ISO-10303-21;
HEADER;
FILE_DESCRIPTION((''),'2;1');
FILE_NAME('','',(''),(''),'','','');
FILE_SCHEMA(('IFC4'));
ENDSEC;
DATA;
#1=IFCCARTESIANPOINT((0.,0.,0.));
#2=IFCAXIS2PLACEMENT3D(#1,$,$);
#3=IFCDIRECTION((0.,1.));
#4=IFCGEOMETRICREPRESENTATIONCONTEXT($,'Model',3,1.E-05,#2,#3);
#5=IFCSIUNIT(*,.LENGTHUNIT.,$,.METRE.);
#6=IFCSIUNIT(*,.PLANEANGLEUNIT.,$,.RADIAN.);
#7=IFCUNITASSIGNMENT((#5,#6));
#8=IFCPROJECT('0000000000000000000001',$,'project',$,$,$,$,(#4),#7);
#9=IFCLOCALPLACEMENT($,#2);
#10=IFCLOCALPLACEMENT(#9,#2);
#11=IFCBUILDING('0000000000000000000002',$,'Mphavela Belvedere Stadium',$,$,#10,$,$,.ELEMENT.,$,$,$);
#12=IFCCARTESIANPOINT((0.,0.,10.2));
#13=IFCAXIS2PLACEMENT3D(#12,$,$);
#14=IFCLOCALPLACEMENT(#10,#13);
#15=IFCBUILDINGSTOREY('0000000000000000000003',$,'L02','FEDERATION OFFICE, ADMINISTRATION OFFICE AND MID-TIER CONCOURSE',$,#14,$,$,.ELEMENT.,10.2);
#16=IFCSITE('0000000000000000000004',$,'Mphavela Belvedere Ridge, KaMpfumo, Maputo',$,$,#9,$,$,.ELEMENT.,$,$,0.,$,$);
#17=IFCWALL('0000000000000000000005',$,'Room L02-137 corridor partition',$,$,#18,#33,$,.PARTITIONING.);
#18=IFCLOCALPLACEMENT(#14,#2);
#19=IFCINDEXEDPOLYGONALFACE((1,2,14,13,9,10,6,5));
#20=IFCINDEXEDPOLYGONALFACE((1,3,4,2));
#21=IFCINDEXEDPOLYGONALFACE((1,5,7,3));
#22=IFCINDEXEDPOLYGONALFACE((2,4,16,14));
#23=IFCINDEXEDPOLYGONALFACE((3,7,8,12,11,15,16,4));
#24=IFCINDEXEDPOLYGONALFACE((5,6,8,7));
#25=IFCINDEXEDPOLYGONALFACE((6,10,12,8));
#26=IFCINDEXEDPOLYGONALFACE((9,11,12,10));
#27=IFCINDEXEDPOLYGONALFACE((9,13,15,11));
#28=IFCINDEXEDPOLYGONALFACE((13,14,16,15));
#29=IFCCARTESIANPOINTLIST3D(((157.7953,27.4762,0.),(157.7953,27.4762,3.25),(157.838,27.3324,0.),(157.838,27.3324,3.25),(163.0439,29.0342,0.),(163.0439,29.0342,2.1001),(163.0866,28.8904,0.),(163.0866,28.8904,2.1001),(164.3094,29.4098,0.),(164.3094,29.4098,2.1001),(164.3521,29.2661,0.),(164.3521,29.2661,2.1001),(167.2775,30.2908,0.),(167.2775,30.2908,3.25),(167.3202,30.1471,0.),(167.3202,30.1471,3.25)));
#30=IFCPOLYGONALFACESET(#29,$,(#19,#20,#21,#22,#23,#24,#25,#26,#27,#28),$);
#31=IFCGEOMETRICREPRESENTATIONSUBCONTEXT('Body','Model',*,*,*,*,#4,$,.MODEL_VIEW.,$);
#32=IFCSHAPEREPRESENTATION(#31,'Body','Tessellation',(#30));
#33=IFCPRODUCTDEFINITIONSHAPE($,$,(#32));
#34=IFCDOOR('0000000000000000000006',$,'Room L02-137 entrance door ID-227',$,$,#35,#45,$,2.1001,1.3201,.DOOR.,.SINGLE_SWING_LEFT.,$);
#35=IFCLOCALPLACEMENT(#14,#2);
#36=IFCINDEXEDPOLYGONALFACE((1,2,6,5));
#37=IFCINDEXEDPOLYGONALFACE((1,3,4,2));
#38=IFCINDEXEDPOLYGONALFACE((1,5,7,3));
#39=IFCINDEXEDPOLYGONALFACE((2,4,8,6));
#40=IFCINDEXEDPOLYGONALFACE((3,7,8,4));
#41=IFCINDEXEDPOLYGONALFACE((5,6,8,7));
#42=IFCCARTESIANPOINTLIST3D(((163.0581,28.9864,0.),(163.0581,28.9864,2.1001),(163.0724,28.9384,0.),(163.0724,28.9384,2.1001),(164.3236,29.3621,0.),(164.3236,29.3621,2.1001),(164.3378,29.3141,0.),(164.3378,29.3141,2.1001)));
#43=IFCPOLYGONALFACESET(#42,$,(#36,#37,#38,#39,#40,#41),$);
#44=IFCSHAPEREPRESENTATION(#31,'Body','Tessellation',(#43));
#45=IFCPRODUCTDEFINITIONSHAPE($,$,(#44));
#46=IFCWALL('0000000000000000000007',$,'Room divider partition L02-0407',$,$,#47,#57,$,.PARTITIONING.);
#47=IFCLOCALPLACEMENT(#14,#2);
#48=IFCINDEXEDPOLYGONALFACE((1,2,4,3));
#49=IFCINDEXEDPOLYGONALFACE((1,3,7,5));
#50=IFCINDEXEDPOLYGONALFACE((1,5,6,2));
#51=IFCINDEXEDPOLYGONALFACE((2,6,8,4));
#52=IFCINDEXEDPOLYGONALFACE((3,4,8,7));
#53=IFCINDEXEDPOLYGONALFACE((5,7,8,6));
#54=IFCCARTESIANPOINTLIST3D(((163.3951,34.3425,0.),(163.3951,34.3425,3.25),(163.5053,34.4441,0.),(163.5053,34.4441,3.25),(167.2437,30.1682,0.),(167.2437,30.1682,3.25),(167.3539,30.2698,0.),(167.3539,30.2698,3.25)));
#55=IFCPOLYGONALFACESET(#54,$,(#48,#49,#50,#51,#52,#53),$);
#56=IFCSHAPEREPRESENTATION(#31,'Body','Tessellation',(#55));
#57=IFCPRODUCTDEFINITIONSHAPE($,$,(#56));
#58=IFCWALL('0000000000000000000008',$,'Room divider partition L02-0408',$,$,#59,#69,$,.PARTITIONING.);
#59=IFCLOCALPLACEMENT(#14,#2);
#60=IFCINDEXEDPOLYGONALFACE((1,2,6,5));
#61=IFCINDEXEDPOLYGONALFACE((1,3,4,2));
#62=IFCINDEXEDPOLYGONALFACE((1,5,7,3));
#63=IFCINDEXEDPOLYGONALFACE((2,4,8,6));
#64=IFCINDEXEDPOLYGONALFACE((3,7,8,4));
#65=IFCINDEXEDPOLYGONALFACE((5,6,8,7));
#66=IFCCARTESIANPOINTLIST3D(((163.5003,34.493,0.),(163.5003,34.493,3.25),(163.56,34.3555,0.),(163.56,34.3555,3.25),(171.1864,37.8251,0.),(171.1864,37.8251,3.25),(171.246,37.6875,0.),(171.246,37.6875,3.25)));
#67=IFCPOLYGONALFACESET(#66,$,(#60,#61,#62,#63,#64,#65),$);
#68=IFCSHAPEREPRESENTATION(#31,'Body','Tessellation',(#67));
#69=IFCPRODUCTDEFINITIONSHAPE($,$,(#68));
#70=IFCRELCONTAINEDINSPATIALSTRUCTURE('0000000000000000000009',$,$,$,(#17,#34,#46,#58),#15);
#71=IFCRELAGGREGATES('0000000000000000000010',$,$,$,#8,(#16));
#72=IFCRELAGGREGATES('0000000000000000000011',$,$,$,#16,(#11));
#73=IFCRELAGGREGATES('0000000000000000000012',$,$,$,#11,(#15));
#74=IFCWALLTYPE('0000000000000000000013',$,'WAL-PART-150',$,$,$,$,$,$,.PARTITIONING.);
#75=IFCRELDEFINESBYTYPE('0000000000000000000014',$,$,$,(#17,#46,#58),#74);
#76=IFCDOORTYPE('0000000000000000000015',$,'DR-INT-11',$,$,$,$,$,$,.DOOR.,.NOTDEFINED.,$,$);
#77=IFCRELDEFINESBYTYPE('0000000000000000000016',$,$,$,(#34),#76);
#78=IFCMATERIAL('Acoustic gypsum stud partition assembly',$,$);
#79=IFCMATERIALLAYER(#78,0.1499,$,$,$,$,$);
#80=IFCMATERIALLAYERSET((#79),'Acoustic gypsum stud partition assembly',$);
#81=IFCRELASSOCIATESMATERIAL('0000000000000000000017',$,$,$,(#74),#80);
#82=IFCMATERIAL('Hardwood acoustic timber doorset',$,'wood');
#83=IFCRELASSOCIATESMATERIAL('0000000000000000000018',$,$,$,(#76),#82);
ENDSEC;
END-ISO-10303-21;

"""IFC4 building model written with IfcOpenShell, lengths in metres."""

from ifc_helpers import new_model, si_unit, direction, frame, frame_2d, origin, place, context, subcontext, project, spatial, rectangle, extrude, material, layer, layer_set, type_object, element, fill, save


model = new_model("IFC4")

# Units and contexts
model_context = context("Model", 3, precision=1e-05, world=origin(), true_north=direction((0.0, 1.0)))
body_context = subcontext(model_context, "Body", "Model", "MODEL_VIEW")
ifc_project = project(units=[si_unit("LENGTHUNIT", "METRE"), si_unit("PLANEANGLEUNIT", "RADIAN")], contexts=[model_context])

# Site, building, storey
site_placement = place(None, origin())
site = spatial("IfcSite", under=ifc_project, at=site_placement, Name="Mphavela Belvedere Ridge, KaMpfumo, Maputo", CompositionType="ELEMENT", RefElevation=0.0)
building_placement = place(site_placement, origin())
building = spatial("IfcBuilding", under=site, at=building_placement, Name="Mphavela Belvedere Stadium", CompositionType="ELEMENT")
storey_placement = place(building_placement, frame((0.0, 0.0, 10.2)))
storey = spatial("IfcBuildingStorey", under=building, at=storey_placement, Name="L02", Description="FEDERATION OFFICE, ADMINISTRATION OFFICE AND MID-TIER CONCOURSE", CompositionType="ELEMENT", Elevation=10.2)

# Wall, opening, door
ifc_material_1 = material(Name="Acoustic gypsum stud partition assembly")
ifc_layer_1 = layer(ifc_material_1, 0.1499)
ifc_layer_set_1 = layer_set([ifc_layer_1], Name="Acoustic gypsum stud partition assembly")
wall_type_1 = type_object("IfcWallType", Name="WAL-PART-150", PredefinedType="PARTITIONING", material=ifc_layer_set_1)
wall_1_placement = place(storey_placement, frame((167.2988, 30.219, 0.0), z_axis=(0.0, 0.0, 1.0), x_axis=(-0.958656, -0.284568, 0.0)))
wall_1 = element("IfcWall", 1, at=wall_1_placement, inside=storey, type_object=wall_type_1, Name="Room L02-137 corridor partition", PredefinedType="PARTITIONING", context=body_context, shape_type="SweptSolid", body=[
    extrude(rectangle(XDim=9.8911, YDim=0.1499, at=frame_2d((4.9456, 0.0))), origin(), (0.0, 0.0, 1.0), 3.25),
])
opening_1_placement = place(wall_1_placement, frame((3.0959, 0.0, 0.0)))
opening_1 = element("IfcOpeningElement", 2, at=opening_1_placement, cuts=wall_1, PredefinedType="OPENING", context=body_context, shape_type="SweptSolid", body=[
    extrude(rectangle(XDim=1.3201, YDim=2.1001, at=frame_2d((0.6602, 1.05))), frame((0.0, 0.085, 0.0), z_axis=(0.0, -1.0, 0.0), x_axis=(1.0, 0.0, 0.0)), (0.0, 0.0, 1.0), 0.1699),
])
ifc_material_2 = material(Name="Hardwood acoustic timber doorset", Category="wood")
door_type_1 = type_object("IfcDoorType", Name="DR-INT-11", OperationType="NOTDEFINED", PredefinedType="DOOR", material=ifc_material_2)
door_1_placement = place(opening_1_placement, origin())
door_1 = element("IfcDoor", 3, at=door_1_placement, inside=storey, type_object=door_type_1, Name="Room L02-137 entrance door ID-227", OperationType="SINGLE_SWING_LEFT", OverallHeight=2.1001, OverallWidth=1.3201, PredefinedType="DOOR", context=body_context, shape_type="SweptSolid", body=[
    extrude(rectangle(XDim=1.3201, YDim=2.1001, at=frame_2d((0.6602, 1.05))), frame((0.0, 0.0249, 0.0), z_axis=(0.0, -1.0, 0.0), x_axis=(1.0, 0.0, 0.0)), (0.0, 0.0, 1.0), 0.05),
])
fill(opening_1, door_1)

# Walls
wall_2_placement = place(storey_placement, frame((163.4502, 34.3933, 0.0), z_axis=(0.0, 0.0, 1.0), x_axis=(0.677844, -0.735206, 0.0)))
element("IfcWall", 4, at=wall_2_placement, inside=storey, type_object=wall_type_1, Name="Room divider partition L02-0407", PredefinedType="PARTITIONING", context=body_context, shape_type="SweptSolid", body=[
    extrude(rectangle(XDim=5.6777, YDim=0.1499, at=frame_2d((2.8389, 0.0))), origin(), (0.0, 0.0, 1.0), 3.25),
])
wall_3_placement = place(storey_placement, frame((163.5303, 34.4243, 0.0), z_axis=(0.0, 0.0, 1.0), x_axis=(0.917494, 0.39775, 0.0)))
element("IfcWall", 5, at=wall_3_placement, inside=storey, type_object=wall_type_1, Name="Room divider partition L02-0408", PredefinedType="PARTITIONING", context=body_context, shape_type="SweptSolid", body=[
    extrude(rectangle(XDim=8.3772, YDim=0.1499, at=frame_2d((4.1885, 0.0))), origin(), (0.0, 0.0, 1.0), 3.25),
])

save(model, "model.ifc")
